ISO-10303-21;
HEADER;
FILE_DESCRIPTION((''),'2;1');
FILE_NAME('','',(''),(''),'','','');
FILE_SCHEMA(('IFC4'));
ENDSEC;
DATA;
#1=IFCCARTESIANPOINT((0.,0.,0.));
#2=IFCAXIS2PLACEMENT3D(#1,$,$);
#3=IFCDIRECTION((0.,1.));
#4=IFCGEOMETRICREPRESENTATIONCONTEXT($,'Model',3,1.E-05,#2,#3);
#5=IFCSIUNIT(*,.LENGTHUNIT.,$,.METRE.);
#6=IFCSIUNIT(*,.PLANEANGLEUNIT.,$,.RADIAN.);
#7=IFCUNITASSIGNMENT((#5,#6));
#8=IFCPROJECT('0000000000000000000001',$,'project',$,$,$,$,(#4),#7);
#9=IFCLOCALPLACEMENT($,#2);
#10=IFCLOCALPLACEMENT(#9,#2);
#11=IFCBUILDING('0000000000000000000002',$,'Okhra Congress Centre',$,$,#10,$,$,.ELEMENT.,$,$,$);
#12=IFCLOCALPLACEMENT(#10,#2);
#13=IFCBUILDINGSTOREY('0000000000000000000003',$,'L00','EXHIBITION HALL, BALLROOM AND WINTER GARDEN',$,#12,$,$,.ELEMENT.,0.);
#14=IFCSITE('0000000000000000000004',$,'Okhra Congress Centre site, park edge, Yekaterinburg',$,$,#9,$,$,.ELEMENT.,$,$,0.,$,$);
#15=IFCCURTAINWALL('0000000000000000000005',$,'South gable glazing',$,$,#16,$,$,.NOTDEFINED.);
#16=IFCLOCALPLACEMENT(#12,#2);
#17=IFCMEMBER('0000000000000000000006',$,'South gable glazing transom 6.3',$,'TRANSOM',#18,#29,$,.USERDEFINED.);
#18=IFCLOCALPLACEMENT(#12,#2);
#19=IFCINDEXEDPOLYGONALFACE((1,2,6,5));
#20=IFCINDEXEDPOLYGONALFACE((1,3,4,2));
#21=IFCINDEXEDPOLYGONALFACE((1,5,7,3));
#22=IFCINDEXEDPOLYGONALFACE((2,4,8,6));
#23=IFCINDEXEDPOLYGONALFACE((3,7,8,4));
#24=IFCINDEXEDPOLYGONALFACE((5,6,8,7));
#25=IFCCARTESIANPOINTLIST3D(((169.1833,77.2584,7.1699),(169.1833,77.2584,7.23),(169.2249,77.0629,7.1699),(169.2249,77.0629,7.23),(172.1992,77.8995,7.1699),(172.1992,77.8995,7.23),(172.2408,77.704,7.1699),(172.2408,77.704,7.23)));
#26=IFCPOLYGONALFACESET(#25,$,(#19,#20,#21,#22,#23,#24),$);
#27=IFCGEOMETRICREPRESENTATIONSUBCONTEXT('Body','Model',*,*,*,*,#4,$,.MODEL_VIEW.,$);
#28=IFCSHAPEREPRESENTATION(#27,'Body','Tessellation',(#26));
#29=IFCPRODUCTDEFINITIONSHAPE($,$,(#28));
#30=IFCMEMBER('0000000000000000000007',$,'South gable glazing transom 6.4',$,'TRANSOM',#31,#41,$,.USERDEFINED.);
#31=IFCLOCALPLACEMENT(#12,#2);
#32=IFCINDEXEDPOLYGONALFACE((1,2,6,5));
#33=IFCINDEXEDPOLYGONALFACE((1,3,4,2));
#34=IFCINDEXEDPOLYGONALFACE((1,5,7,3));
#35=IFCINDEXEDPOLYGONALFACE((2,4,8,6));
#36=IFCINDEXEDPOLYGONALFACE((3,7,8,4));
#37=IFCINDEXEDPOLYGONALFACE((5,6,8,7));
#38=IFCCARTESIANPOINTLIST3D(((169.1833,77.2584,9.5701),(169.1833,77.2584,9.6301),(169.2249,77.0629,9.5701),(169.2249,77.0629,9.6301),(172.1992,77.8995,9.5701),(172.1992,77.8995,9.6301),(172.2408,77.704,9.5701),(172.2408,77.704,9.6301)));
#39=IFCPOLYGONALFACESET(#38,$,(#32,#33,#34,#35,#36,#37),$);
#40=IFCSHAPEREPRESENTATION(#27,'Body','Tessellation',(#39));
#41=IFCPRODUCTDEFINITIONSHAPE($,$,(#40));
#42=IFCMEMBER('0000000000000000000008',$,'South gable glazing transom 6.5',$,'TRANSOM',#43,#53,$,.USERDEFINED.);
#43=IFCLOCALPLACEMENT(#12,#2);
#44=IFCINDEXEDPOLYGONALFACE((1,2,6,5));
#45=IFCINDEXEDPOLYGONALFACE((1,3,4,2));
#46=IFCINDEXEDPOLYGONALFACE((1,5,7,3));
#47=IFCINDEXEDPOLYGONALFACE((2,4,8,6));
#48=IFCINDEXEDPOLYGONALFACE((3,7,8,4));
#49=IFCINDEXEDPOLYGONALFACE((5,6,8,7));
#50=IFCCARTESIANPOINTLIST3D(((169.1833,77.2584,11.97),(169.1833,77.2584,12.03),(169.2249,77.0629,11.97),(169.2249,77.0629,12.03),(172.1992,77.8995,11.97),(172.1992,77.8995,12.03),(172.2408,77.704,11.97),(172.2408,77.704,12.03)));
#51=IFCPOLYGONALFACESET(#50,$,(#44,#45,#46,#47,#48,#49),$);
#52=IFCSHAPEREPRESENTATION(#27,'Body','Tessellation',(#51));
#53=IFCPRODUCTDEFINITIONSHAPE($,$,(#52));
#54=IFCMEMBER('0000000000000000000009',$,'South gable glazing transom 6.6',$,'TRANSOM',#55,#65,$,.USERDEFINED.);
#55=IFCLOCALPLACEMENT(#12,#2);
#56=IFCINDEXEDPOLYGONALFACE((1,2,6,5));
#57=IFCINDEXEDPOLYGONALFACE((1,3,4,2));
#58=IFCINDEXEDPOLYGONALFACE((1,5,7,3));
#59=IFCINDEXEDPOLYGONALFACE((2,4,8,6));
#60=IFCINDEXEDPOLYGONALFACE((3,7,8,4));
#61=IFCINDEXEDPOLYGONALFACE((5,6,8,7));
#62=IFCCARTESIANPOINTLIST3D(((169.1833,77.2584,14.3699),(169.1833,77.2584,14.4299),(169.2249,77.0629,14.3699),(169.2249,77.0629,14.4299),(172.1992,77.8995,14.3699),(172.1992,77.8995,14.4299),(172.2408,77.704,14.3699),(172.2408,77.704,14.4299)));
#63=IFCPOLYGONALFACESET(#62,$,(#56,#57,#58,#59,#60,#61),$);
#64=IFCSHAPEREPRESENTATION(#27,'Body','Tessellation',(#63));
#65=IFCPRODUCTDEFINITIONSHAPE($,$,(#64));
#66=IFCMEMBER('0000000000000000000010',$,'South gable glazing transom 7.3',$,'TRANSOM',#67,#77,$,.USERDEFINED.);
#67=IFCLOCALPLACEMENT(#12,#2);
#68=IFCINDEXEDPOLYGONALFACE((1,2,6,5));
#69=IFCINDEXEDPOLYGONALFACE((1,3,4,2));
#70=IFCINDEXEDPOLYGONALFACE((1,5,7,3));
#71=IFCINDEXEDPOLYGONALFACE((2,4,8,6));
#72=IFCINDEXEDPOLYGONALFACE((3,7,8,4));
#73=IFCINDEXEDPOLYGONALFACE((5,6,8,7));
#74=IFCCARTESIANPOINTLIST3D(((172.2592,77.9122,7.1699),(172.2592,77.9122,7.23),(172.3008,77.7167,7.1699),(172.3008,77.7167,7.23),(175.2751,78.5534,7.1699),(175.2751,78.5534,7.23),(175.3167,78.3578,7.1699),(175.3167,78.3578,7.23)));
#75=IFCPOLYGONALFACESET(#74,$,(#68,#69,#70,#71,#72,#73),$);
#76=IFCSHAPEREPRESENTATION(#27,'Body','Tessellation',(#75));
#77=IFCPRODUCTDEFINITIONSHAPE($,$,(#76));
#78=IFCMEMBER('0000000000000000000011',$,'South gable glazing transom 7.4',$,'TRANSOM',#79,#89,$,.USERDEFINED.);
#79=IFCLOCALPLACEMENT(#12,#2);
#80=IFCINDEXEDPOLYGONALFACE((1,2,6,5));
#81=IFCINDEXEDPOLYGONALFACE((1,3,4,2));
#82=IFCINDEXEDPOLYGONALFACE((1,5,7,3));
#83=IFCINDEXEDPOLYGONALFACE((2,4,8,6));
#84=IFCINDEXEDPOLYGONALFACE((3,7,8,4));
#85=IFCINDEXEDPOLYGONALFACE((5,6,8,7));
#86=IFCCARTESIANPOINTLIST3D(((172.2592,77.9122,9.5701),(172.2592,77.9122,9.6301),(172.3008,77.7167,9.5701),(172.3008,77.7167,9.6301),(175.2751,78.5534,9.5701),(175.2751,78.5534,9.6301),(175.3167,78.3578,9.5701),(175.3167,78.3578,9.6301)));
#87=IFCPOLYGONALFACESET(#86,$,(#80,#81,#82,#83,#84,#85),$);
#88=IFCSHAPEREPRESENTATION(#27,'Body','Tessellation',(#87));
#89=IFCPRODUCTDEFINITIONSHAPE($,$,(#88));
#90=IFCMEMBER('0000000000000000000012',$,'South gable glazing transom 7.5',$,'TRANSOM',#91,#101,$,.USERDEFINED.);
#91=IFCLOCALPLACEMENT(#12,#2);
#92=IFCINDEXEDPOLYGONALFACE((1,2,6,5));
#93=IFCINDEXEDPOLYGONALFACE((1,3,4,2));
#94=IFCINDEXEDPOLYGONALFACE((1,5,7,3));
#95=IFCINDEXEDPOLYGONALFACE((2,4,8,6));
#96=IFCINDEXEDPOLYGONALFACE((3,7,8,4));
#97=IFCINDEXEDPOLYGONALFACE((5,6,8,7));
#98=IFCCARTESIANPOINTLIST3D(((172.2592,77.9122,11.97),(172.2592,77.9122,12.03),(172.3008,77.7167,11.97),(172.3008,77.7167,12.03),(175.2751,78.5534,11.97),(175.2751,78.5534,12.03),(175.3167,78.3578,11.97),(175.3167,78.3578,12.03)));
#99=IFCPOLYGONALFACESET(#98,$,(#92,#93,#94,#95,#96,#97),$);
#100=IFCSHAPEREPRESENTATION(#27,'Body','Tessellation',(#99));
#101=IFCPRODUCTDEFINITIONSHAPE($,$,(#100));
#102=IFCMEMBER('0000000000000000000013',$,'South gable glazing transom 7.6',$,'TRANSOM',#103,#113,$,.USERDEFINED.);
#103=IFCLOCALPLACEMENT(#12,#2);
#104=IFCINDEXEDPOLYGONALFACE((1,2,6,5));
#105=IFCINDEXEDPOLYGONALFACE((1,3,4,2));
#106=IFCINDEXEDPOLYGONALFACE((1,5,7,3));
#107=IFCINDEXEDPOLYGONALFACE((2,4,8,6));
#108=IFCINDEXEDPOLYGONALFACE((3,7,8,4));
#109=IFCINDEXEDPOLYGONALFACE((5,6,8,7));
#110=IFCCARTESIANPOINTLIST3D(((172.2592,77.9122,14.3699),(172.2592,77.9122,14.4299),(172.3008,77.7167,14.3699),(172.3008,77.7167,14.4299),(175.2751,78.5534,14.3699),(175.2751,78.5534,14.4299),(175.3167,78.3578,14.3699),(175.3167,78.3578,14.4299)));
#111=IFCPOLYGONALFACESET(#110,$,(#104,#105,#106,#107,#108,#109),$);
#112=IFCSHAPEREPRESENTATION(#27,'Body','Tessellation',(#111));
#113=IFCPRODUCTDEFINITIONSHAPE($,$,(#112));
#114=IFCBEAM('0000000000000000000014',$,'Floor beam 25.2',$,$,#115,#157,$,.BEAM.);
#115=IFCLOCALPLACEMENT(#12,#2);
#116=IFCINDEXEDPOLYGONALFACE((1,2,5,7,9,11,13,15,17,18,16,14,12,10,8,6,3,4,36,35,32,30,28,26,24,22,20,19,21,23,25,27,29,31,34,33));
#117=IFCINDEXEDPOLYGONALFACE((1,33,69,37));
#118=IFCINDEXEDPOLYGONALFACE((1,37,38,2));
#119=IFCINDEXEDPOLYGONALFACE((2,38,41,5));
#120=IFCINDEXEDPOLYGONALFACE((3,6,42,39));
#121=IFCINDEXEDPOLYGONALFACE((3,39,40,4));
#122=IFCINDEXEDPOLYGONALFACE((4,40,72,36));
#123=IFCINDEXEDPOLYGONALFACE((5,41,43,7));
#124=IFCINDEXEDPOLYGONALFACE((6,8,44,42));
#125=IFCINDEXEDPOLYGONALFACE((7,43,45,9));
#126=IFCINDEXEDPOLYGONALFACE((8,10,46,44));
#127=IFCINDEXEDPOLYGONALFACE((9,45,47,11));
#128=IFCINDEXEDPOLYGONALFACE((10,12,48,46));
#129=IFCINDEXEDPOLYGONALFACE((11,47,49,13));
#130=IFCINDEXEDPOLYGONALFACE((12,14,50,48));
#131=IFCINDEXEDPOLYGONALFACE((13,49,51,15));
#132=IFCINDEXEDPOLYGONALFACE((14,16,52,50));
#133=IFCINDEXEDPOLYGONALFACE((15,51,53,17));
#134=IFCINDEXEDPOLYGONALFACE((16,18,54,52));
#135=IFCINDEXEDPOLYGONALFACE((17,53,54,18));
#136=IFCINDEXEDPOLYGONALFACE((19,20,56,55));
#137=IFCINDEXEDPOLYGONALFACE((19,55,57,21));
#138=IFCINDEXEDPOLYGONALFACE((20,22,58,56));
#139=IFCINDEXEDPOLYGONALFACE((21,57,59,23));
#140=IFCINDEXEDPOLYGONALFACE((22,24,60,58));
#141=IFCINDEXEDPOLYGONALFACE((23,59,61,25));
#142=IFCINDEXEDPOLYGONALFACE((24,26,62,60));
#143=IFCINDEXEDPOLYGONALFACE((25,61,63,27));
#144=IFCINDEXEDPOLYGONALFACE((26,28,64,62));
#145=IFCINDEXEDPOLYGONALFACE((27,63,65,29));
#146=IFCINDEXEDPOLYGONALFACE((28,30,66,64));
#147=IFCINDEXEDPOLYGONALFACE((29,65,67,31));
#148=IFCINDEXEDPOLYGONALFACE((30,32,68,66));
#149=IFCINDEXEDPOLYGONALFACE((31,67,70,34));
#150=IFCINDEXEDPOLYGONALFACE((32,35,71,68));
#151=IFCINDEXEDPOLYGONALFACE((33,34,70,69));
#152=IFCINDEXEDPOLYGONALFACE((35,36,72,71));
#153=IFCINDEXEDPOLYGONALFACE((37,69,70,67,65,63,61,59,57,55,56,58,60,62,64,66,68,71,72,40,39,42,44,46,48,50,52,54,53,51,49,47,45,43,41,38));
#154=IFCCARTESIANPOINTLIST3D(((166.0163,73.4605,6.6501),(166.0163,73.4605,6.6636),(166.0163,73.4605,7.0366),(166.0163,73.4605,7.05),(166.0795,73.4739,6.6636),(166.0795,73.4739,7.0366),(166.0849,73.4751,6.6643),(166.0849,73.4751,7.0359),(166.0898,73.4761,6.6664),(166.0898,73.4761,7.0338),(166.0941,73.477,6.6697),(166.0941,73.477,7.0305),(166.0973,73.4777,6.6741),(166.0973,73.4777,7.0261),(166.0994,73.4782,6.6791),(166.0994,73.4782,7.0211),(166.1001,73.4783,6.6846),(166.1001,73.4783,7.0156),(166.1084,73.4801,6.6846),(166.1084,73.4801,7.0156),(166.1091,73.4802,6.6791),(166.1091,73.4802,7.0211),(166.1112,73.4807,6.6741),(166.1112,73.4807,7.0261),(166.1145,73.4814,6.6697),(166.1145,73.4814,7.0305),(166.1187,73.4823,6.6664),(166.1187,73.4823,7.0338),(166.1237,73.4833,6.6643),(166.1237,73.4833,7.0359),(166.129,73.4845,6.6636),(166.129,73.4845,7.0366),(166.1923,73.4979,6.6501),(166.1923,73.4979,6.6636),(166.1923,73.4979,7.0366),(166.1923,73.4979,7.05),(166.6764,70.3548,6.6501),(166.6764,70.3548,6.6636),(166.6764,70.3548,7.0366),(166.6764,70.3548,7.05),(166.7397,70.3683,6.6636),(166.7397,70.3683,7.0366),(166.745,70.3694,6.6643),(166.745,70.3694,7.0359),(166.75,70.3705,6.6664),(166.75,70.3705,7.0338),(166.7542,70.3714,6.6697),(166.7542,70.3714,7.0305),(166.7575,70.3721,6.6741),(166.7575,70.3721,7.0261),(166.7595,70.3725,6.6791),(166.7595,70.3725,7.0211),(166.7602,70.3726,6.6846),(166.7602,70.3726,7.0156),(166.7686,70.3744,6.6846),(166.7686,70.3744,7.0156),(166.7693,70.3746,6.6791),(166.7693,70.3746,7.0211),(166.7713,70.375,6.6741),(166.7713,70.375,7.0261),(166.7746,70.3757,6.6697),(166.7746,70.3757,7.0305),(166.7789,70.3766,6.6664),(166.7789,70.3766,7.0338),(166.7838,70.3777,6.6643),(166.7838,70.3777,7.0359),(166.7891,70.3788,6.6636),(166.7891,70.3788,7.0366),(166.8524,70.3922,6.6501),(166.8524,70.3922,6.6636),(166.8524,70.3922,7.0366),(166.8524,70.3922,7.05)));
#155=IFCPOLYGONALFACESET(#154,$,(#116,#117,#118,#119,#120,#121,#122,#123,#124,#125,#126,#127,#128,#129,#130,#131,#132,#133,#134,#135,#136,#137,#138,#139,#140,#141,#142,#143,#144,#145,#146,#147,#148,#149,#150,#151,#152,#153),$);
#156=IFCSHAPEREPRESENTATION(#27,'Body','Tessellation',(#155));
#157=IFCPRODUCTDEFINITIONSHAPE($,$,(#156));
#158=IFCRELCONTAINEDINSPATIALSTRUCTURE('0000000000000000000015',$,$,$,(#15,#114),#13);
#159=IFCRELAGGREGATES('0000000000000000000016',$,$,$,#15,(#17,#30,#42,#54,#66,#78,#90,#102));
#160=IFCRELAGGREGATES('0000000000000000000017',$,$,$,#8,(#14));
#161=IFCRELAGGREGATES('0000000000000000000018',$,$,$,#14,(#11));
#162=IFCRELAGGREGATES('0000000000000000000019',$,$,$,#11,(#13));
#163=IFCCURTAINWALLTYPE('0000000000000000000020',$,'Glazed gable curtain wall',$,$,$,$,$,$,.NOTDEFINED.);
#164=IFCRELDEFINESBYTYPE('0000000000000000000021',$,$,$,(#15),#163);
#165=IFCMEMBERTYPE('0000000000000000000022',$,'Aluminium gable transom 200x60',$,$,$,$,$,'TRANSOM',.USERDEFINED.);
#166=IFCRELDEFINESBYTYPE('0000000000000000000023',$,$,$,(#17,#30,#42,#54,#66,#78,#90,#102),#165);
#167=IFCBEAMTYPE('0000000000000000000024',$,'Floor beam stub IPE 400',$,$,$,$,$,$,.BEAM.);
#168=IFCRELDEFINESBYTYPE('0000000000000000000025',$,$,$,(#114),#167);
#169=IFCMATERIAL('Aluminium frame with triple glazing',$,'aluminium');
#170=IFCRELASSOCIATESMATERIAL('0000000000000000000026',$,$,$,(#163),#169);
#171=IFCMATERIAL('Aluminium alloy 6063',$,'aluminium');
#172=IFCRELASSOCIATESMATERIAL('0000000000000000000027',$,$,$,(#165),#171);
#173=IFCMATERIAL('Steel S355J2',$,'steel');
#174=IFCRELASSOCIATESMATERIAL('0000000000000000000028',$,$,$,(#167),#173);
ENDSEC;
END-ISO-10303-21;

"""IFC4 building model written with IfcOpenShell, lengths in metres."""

from ifc_helpers import new_model, si_unit, direction, frame, origin, origin_2d, place, context, subcontext, project, spatial, rectangle, i_section, extrude, material, material_profile, profile_set, type_object, element, aggregate, save


model = new_model("IFC4")

# Units and contexts
model_context = context("Model", 3, precision=1e-05, world=origin(), true_north=direction((0.0, 1.0)))
body_context = subcontext(model_context, "Body", "Model", "MODEL_VIEW")
ifc_project = project(units=[si_unit("LENGTHUNIT", "METRE"), si_unit("PLANEANGLEUNIT", "RADIAN")], contexts=[model_context])

# Site, building, storey
site_placement = place(None, origin())
site = spatial("IfcSite", under=ifc_project, at=site_placement, Name="Okhra Congress Centre site, park edge, Yekaterinburg", CompositionType="ELEMENT", RefElevation=0.0)
building_placement = place(site_placement, origin())
building = spatial("IfcBuilding", under=site, at=building_placement, Name="Okhra Congress Centre", CompositionType="ELEMENT")
storey_placement = place(building_placement, origin())
storey = spatial("IfcBuildingStorey", under=building, at=storey_placement, Name="L00", Description="EXHIBITION HALL, BALLROOM AND WINTER GARDEN", CompositionType="ELEMENT", Elevation=0.0)

# Curtain wall, members
ifc_material_1 = material(Name="Aluminium frame with triple glazing", Category="aluminium")
curtain_wall_type = type_object("IfcCurtainWallType", Name="Glazed gable curtain wall", PredefinedType="NOTDEFINED", material=ifc_material_1)
curtain_wall_placement = place(storey_placement, origin())
curtain_wall = element("IfcCurtainWall", 1, at=curtain_wall_placement, inside=storey, type_object=curtain_wall_type, Name="South gable glazing", PredefinedType="NOTDEFINED")
ifc_material_2 = material(Name="Aluminium alloy 6063", Category="aluminium")
ifc_material_profile_1 = material_profile(ifc_material_2, rectangle(XDim=0.2, YDim=0.0601, at=origin_2d()), Name="AL 200x60 gable transom")
ifc_profile_set_1 = profile_set([ifc_material_profile_1], Name="Aluminium alloy 6063")
member_type = type_object("IfcMemberType", Name="Aluminium gable transom 200x60", ElementType="TRANSOM", PredefinedType="USERDEFINED", material=ifc_profile_set_1)
member_1_placement = place(storey_placement, frame((169.2041, 77.1606, 7.2), z_axis=(0.978143, 0.207934, 0.0), x_axis=(-0.207934, 0.978143, 0.0)))
member_1 = element("IfcMember", 2, at=member_1_placement, type_object=member_type, Name="South gable glazing transom 6.3", ObjectType="TRANSOM", PredefinedType="USERDEFINED", context=body_context, shape_type="SweptSolid", body=[
    extrude(rectangle(XDim=0.2, YDim=0.0601, at=origin_2d()), origin(), (0.0, 0.0, 1.0), 3.0833),
])
member_2_placement = place(storey_placement, frame((169.2041, 77.1606, 9.6001), z_axis=(0.978143, 0.207934, 0.0), x_axis=(-0.207934, 0.978143, 0.0)))
member_2 = element("IfcMember", 3, at=member_2_placement, type_object=member_type, Name="South gable glazing transom 6.4", ObjectType="TRANSOM", PredefinedType="USERDEFINED", context=body_context, shape_type="SweptSolid", body=[
    extrude(rectangle(XDim=0.2, YDim=0.0601, at=origin_2d()), origin(), (0.0, 0.0, 1.0), 3.0833),
])
member_3_placement = place(storey_placement, frame((169.2041, 77.1606, 12.0), z_axis=(0.978143, 0.207934, 0.0), x_axis=(-0.207934, 0.978143, 0.0)))
member_3 = element("IfcMember", 4, at=member_3_placement, type_object=member_type, Name="South gable glazing transom 6.5", ObjectType="TRANSOM", PredefinedType="USERDEFINED", context=body_context, shape_type="SweptSolid", body=[
    extrude(rectangle(XDim=0.2, YDim=0.0601, at=origin_2d()), origin(), (0.0, 0.0, 1.0), 3.0833),
])
member_4_placement = place(storey_placement, frame((169.2041, 77.1606, 14.3999), z_axis=(0.978143, 0.207934, 0.0), x_axis=(-0.207934, 0.978143, 0.0)))
member_4 = element("IfcMember", 5, at=member_4_placement, type_object=member_type, Name="South gable glazing transom 6.6", ObjectType="TRANSOM", PredefinedType="USERDEFINED", context=body_context, shape_type="SweptSolid", body=[
    extrude(rectangle(XDim=0.2, YDim=0.0601, at=origin_2d()), origin(), (0.0, 0.0, 1.0), 3.0833),
])
member_5_placement = place(storey_placement, frame((172.28, 77.8145, 7.2), z_axis=(0.978143, 0.207934, 0.0), x_axis=(-0.207934, 0.978143, 0.0)))
member_5 = element("IfcMember", 6, at=member_5_placement, type_object=member_type, Name="South gable glazing transom 7.3", ObjectType="TRANSOM", PredefinedType="USERDEFINED", context=body_context, shape_type="SweptSolid", body=[
    extrude(rectangle(XDim=0.2, YDim=0.0601, at=origin_2d()), origin(), (0.0, 0.0, 1.0), 3.0833),
])
member_6_placement = place(storey_placement, frame((172.28, 77.8145, 9.6001), z_axis=(0.978143, 0.207934, 0.0), x_axis=(-0.207934, 0.978143, 0.0)))
member_6 = element("IfcMember", 7, at=member_6_placement, type_object=member_type, Name="South gable glazing transom 7.4", ObjectType="TRANSOM", PredefinedType="USERDEFINED", context=body_context, shape_type="SweptSolid", body=[
    extrude(rectangle(XDim=0.2, YDim=0.0601, at=origin_2d()), origin(), (0.0, 0.0, 1.0), 3.0833),
])
member_7_placement = place(storey_placement, frame((172.28, 77.8145, 12.0), z_axis=(0.978143, 0.207934, 0.0), x_axis=(-0.207934, 0.978143, 0.0)))
member_7 = element("IfcMember", 8, at=member_7_placement, type_object=member_type, Name="South gable glazing transom 7.5", ObjectType="TRANSOM", PredefinedType="USERDEFINED", context=body_context, shape_type="SweptSolid", body=[
    extrude(rectangle(XDim=0.2, YDim=0.0601, at=origin_2d()), origin(), (0.0, 0.0, 1.0), 3.0833),
])
member_8_placement = place(storey_placement, frame((172.28, 77.8145, 14.3999), z_axis=(0.978143, 0.207934, 0.0), x_axis=(-0.207934, 0.978143, 0.0)))
member_8 = element("IfcMember", 9, at=member_8_placement, type_object=member_type, Name="South gable glazing transom 7.6", ObjectType="TRANSOM", PredefinedType="USERDEFINED", context=body_context, shape_type="SweptSolid", body=[
    extrude(rectangle(XDim=0.2, YDim=0.0601, at=origin_2d()), origin(), (0.0, 0.0, 1.0), 3.0833),
])

# Beam
ifc_material_3 = material(Name="Steel S355J2", Category="steel")
ifc_material_profile_2 = material_profile(ifc_material_3, i_section(OverallWidth=0.1799, OverallDepth=0.3999, WebThickness=0.0085, FlangeThickness=0.0134, FilletRadius=0.021, at=origin_2d()), Name="IPE 400")
ifc_profile_set_2 = profile_set([ifc_material_profile_2], Name="Steel S355J2")
beam_type_1 = type_object("IfcBeamType", Name="Floor beam stub IPE 400", PredefinedType="BEAM", material=ifc_profile_set_2)
for number, where, z_axis, x_axis, name in (
    (10, (166.7644, 70.3735, 6.8501), (-0.207917, 0.978147, 0.0), (-0.978147, -0.207917, 0.0), "Floor beam 25.2"),
):
    element("IfcBeam", number, at=place(storey_placement, frame(where, z_axis=z_axis, x_axis=x_axis)), inside=storey, type_object=beam_type_1, Name=name, PredefinedType="BEAM", context=body_context, shape_type="SweptSolid", body=[
        extrude(i_section(OverallWidth=0.1799, OverallDepth=0.3999, WebThickness=0.0085, FlangeThickness=0.0134, FilletRadius=0.021, at=origin_2d()), origin(), (0.0, 0.0, 1.0), 3.175),
    ])

aggregate(curtain_wall, [member_1, member_2, member_3, member_4, member_5, member_6, member_7, member_8])

save(model, "model.ifc")
